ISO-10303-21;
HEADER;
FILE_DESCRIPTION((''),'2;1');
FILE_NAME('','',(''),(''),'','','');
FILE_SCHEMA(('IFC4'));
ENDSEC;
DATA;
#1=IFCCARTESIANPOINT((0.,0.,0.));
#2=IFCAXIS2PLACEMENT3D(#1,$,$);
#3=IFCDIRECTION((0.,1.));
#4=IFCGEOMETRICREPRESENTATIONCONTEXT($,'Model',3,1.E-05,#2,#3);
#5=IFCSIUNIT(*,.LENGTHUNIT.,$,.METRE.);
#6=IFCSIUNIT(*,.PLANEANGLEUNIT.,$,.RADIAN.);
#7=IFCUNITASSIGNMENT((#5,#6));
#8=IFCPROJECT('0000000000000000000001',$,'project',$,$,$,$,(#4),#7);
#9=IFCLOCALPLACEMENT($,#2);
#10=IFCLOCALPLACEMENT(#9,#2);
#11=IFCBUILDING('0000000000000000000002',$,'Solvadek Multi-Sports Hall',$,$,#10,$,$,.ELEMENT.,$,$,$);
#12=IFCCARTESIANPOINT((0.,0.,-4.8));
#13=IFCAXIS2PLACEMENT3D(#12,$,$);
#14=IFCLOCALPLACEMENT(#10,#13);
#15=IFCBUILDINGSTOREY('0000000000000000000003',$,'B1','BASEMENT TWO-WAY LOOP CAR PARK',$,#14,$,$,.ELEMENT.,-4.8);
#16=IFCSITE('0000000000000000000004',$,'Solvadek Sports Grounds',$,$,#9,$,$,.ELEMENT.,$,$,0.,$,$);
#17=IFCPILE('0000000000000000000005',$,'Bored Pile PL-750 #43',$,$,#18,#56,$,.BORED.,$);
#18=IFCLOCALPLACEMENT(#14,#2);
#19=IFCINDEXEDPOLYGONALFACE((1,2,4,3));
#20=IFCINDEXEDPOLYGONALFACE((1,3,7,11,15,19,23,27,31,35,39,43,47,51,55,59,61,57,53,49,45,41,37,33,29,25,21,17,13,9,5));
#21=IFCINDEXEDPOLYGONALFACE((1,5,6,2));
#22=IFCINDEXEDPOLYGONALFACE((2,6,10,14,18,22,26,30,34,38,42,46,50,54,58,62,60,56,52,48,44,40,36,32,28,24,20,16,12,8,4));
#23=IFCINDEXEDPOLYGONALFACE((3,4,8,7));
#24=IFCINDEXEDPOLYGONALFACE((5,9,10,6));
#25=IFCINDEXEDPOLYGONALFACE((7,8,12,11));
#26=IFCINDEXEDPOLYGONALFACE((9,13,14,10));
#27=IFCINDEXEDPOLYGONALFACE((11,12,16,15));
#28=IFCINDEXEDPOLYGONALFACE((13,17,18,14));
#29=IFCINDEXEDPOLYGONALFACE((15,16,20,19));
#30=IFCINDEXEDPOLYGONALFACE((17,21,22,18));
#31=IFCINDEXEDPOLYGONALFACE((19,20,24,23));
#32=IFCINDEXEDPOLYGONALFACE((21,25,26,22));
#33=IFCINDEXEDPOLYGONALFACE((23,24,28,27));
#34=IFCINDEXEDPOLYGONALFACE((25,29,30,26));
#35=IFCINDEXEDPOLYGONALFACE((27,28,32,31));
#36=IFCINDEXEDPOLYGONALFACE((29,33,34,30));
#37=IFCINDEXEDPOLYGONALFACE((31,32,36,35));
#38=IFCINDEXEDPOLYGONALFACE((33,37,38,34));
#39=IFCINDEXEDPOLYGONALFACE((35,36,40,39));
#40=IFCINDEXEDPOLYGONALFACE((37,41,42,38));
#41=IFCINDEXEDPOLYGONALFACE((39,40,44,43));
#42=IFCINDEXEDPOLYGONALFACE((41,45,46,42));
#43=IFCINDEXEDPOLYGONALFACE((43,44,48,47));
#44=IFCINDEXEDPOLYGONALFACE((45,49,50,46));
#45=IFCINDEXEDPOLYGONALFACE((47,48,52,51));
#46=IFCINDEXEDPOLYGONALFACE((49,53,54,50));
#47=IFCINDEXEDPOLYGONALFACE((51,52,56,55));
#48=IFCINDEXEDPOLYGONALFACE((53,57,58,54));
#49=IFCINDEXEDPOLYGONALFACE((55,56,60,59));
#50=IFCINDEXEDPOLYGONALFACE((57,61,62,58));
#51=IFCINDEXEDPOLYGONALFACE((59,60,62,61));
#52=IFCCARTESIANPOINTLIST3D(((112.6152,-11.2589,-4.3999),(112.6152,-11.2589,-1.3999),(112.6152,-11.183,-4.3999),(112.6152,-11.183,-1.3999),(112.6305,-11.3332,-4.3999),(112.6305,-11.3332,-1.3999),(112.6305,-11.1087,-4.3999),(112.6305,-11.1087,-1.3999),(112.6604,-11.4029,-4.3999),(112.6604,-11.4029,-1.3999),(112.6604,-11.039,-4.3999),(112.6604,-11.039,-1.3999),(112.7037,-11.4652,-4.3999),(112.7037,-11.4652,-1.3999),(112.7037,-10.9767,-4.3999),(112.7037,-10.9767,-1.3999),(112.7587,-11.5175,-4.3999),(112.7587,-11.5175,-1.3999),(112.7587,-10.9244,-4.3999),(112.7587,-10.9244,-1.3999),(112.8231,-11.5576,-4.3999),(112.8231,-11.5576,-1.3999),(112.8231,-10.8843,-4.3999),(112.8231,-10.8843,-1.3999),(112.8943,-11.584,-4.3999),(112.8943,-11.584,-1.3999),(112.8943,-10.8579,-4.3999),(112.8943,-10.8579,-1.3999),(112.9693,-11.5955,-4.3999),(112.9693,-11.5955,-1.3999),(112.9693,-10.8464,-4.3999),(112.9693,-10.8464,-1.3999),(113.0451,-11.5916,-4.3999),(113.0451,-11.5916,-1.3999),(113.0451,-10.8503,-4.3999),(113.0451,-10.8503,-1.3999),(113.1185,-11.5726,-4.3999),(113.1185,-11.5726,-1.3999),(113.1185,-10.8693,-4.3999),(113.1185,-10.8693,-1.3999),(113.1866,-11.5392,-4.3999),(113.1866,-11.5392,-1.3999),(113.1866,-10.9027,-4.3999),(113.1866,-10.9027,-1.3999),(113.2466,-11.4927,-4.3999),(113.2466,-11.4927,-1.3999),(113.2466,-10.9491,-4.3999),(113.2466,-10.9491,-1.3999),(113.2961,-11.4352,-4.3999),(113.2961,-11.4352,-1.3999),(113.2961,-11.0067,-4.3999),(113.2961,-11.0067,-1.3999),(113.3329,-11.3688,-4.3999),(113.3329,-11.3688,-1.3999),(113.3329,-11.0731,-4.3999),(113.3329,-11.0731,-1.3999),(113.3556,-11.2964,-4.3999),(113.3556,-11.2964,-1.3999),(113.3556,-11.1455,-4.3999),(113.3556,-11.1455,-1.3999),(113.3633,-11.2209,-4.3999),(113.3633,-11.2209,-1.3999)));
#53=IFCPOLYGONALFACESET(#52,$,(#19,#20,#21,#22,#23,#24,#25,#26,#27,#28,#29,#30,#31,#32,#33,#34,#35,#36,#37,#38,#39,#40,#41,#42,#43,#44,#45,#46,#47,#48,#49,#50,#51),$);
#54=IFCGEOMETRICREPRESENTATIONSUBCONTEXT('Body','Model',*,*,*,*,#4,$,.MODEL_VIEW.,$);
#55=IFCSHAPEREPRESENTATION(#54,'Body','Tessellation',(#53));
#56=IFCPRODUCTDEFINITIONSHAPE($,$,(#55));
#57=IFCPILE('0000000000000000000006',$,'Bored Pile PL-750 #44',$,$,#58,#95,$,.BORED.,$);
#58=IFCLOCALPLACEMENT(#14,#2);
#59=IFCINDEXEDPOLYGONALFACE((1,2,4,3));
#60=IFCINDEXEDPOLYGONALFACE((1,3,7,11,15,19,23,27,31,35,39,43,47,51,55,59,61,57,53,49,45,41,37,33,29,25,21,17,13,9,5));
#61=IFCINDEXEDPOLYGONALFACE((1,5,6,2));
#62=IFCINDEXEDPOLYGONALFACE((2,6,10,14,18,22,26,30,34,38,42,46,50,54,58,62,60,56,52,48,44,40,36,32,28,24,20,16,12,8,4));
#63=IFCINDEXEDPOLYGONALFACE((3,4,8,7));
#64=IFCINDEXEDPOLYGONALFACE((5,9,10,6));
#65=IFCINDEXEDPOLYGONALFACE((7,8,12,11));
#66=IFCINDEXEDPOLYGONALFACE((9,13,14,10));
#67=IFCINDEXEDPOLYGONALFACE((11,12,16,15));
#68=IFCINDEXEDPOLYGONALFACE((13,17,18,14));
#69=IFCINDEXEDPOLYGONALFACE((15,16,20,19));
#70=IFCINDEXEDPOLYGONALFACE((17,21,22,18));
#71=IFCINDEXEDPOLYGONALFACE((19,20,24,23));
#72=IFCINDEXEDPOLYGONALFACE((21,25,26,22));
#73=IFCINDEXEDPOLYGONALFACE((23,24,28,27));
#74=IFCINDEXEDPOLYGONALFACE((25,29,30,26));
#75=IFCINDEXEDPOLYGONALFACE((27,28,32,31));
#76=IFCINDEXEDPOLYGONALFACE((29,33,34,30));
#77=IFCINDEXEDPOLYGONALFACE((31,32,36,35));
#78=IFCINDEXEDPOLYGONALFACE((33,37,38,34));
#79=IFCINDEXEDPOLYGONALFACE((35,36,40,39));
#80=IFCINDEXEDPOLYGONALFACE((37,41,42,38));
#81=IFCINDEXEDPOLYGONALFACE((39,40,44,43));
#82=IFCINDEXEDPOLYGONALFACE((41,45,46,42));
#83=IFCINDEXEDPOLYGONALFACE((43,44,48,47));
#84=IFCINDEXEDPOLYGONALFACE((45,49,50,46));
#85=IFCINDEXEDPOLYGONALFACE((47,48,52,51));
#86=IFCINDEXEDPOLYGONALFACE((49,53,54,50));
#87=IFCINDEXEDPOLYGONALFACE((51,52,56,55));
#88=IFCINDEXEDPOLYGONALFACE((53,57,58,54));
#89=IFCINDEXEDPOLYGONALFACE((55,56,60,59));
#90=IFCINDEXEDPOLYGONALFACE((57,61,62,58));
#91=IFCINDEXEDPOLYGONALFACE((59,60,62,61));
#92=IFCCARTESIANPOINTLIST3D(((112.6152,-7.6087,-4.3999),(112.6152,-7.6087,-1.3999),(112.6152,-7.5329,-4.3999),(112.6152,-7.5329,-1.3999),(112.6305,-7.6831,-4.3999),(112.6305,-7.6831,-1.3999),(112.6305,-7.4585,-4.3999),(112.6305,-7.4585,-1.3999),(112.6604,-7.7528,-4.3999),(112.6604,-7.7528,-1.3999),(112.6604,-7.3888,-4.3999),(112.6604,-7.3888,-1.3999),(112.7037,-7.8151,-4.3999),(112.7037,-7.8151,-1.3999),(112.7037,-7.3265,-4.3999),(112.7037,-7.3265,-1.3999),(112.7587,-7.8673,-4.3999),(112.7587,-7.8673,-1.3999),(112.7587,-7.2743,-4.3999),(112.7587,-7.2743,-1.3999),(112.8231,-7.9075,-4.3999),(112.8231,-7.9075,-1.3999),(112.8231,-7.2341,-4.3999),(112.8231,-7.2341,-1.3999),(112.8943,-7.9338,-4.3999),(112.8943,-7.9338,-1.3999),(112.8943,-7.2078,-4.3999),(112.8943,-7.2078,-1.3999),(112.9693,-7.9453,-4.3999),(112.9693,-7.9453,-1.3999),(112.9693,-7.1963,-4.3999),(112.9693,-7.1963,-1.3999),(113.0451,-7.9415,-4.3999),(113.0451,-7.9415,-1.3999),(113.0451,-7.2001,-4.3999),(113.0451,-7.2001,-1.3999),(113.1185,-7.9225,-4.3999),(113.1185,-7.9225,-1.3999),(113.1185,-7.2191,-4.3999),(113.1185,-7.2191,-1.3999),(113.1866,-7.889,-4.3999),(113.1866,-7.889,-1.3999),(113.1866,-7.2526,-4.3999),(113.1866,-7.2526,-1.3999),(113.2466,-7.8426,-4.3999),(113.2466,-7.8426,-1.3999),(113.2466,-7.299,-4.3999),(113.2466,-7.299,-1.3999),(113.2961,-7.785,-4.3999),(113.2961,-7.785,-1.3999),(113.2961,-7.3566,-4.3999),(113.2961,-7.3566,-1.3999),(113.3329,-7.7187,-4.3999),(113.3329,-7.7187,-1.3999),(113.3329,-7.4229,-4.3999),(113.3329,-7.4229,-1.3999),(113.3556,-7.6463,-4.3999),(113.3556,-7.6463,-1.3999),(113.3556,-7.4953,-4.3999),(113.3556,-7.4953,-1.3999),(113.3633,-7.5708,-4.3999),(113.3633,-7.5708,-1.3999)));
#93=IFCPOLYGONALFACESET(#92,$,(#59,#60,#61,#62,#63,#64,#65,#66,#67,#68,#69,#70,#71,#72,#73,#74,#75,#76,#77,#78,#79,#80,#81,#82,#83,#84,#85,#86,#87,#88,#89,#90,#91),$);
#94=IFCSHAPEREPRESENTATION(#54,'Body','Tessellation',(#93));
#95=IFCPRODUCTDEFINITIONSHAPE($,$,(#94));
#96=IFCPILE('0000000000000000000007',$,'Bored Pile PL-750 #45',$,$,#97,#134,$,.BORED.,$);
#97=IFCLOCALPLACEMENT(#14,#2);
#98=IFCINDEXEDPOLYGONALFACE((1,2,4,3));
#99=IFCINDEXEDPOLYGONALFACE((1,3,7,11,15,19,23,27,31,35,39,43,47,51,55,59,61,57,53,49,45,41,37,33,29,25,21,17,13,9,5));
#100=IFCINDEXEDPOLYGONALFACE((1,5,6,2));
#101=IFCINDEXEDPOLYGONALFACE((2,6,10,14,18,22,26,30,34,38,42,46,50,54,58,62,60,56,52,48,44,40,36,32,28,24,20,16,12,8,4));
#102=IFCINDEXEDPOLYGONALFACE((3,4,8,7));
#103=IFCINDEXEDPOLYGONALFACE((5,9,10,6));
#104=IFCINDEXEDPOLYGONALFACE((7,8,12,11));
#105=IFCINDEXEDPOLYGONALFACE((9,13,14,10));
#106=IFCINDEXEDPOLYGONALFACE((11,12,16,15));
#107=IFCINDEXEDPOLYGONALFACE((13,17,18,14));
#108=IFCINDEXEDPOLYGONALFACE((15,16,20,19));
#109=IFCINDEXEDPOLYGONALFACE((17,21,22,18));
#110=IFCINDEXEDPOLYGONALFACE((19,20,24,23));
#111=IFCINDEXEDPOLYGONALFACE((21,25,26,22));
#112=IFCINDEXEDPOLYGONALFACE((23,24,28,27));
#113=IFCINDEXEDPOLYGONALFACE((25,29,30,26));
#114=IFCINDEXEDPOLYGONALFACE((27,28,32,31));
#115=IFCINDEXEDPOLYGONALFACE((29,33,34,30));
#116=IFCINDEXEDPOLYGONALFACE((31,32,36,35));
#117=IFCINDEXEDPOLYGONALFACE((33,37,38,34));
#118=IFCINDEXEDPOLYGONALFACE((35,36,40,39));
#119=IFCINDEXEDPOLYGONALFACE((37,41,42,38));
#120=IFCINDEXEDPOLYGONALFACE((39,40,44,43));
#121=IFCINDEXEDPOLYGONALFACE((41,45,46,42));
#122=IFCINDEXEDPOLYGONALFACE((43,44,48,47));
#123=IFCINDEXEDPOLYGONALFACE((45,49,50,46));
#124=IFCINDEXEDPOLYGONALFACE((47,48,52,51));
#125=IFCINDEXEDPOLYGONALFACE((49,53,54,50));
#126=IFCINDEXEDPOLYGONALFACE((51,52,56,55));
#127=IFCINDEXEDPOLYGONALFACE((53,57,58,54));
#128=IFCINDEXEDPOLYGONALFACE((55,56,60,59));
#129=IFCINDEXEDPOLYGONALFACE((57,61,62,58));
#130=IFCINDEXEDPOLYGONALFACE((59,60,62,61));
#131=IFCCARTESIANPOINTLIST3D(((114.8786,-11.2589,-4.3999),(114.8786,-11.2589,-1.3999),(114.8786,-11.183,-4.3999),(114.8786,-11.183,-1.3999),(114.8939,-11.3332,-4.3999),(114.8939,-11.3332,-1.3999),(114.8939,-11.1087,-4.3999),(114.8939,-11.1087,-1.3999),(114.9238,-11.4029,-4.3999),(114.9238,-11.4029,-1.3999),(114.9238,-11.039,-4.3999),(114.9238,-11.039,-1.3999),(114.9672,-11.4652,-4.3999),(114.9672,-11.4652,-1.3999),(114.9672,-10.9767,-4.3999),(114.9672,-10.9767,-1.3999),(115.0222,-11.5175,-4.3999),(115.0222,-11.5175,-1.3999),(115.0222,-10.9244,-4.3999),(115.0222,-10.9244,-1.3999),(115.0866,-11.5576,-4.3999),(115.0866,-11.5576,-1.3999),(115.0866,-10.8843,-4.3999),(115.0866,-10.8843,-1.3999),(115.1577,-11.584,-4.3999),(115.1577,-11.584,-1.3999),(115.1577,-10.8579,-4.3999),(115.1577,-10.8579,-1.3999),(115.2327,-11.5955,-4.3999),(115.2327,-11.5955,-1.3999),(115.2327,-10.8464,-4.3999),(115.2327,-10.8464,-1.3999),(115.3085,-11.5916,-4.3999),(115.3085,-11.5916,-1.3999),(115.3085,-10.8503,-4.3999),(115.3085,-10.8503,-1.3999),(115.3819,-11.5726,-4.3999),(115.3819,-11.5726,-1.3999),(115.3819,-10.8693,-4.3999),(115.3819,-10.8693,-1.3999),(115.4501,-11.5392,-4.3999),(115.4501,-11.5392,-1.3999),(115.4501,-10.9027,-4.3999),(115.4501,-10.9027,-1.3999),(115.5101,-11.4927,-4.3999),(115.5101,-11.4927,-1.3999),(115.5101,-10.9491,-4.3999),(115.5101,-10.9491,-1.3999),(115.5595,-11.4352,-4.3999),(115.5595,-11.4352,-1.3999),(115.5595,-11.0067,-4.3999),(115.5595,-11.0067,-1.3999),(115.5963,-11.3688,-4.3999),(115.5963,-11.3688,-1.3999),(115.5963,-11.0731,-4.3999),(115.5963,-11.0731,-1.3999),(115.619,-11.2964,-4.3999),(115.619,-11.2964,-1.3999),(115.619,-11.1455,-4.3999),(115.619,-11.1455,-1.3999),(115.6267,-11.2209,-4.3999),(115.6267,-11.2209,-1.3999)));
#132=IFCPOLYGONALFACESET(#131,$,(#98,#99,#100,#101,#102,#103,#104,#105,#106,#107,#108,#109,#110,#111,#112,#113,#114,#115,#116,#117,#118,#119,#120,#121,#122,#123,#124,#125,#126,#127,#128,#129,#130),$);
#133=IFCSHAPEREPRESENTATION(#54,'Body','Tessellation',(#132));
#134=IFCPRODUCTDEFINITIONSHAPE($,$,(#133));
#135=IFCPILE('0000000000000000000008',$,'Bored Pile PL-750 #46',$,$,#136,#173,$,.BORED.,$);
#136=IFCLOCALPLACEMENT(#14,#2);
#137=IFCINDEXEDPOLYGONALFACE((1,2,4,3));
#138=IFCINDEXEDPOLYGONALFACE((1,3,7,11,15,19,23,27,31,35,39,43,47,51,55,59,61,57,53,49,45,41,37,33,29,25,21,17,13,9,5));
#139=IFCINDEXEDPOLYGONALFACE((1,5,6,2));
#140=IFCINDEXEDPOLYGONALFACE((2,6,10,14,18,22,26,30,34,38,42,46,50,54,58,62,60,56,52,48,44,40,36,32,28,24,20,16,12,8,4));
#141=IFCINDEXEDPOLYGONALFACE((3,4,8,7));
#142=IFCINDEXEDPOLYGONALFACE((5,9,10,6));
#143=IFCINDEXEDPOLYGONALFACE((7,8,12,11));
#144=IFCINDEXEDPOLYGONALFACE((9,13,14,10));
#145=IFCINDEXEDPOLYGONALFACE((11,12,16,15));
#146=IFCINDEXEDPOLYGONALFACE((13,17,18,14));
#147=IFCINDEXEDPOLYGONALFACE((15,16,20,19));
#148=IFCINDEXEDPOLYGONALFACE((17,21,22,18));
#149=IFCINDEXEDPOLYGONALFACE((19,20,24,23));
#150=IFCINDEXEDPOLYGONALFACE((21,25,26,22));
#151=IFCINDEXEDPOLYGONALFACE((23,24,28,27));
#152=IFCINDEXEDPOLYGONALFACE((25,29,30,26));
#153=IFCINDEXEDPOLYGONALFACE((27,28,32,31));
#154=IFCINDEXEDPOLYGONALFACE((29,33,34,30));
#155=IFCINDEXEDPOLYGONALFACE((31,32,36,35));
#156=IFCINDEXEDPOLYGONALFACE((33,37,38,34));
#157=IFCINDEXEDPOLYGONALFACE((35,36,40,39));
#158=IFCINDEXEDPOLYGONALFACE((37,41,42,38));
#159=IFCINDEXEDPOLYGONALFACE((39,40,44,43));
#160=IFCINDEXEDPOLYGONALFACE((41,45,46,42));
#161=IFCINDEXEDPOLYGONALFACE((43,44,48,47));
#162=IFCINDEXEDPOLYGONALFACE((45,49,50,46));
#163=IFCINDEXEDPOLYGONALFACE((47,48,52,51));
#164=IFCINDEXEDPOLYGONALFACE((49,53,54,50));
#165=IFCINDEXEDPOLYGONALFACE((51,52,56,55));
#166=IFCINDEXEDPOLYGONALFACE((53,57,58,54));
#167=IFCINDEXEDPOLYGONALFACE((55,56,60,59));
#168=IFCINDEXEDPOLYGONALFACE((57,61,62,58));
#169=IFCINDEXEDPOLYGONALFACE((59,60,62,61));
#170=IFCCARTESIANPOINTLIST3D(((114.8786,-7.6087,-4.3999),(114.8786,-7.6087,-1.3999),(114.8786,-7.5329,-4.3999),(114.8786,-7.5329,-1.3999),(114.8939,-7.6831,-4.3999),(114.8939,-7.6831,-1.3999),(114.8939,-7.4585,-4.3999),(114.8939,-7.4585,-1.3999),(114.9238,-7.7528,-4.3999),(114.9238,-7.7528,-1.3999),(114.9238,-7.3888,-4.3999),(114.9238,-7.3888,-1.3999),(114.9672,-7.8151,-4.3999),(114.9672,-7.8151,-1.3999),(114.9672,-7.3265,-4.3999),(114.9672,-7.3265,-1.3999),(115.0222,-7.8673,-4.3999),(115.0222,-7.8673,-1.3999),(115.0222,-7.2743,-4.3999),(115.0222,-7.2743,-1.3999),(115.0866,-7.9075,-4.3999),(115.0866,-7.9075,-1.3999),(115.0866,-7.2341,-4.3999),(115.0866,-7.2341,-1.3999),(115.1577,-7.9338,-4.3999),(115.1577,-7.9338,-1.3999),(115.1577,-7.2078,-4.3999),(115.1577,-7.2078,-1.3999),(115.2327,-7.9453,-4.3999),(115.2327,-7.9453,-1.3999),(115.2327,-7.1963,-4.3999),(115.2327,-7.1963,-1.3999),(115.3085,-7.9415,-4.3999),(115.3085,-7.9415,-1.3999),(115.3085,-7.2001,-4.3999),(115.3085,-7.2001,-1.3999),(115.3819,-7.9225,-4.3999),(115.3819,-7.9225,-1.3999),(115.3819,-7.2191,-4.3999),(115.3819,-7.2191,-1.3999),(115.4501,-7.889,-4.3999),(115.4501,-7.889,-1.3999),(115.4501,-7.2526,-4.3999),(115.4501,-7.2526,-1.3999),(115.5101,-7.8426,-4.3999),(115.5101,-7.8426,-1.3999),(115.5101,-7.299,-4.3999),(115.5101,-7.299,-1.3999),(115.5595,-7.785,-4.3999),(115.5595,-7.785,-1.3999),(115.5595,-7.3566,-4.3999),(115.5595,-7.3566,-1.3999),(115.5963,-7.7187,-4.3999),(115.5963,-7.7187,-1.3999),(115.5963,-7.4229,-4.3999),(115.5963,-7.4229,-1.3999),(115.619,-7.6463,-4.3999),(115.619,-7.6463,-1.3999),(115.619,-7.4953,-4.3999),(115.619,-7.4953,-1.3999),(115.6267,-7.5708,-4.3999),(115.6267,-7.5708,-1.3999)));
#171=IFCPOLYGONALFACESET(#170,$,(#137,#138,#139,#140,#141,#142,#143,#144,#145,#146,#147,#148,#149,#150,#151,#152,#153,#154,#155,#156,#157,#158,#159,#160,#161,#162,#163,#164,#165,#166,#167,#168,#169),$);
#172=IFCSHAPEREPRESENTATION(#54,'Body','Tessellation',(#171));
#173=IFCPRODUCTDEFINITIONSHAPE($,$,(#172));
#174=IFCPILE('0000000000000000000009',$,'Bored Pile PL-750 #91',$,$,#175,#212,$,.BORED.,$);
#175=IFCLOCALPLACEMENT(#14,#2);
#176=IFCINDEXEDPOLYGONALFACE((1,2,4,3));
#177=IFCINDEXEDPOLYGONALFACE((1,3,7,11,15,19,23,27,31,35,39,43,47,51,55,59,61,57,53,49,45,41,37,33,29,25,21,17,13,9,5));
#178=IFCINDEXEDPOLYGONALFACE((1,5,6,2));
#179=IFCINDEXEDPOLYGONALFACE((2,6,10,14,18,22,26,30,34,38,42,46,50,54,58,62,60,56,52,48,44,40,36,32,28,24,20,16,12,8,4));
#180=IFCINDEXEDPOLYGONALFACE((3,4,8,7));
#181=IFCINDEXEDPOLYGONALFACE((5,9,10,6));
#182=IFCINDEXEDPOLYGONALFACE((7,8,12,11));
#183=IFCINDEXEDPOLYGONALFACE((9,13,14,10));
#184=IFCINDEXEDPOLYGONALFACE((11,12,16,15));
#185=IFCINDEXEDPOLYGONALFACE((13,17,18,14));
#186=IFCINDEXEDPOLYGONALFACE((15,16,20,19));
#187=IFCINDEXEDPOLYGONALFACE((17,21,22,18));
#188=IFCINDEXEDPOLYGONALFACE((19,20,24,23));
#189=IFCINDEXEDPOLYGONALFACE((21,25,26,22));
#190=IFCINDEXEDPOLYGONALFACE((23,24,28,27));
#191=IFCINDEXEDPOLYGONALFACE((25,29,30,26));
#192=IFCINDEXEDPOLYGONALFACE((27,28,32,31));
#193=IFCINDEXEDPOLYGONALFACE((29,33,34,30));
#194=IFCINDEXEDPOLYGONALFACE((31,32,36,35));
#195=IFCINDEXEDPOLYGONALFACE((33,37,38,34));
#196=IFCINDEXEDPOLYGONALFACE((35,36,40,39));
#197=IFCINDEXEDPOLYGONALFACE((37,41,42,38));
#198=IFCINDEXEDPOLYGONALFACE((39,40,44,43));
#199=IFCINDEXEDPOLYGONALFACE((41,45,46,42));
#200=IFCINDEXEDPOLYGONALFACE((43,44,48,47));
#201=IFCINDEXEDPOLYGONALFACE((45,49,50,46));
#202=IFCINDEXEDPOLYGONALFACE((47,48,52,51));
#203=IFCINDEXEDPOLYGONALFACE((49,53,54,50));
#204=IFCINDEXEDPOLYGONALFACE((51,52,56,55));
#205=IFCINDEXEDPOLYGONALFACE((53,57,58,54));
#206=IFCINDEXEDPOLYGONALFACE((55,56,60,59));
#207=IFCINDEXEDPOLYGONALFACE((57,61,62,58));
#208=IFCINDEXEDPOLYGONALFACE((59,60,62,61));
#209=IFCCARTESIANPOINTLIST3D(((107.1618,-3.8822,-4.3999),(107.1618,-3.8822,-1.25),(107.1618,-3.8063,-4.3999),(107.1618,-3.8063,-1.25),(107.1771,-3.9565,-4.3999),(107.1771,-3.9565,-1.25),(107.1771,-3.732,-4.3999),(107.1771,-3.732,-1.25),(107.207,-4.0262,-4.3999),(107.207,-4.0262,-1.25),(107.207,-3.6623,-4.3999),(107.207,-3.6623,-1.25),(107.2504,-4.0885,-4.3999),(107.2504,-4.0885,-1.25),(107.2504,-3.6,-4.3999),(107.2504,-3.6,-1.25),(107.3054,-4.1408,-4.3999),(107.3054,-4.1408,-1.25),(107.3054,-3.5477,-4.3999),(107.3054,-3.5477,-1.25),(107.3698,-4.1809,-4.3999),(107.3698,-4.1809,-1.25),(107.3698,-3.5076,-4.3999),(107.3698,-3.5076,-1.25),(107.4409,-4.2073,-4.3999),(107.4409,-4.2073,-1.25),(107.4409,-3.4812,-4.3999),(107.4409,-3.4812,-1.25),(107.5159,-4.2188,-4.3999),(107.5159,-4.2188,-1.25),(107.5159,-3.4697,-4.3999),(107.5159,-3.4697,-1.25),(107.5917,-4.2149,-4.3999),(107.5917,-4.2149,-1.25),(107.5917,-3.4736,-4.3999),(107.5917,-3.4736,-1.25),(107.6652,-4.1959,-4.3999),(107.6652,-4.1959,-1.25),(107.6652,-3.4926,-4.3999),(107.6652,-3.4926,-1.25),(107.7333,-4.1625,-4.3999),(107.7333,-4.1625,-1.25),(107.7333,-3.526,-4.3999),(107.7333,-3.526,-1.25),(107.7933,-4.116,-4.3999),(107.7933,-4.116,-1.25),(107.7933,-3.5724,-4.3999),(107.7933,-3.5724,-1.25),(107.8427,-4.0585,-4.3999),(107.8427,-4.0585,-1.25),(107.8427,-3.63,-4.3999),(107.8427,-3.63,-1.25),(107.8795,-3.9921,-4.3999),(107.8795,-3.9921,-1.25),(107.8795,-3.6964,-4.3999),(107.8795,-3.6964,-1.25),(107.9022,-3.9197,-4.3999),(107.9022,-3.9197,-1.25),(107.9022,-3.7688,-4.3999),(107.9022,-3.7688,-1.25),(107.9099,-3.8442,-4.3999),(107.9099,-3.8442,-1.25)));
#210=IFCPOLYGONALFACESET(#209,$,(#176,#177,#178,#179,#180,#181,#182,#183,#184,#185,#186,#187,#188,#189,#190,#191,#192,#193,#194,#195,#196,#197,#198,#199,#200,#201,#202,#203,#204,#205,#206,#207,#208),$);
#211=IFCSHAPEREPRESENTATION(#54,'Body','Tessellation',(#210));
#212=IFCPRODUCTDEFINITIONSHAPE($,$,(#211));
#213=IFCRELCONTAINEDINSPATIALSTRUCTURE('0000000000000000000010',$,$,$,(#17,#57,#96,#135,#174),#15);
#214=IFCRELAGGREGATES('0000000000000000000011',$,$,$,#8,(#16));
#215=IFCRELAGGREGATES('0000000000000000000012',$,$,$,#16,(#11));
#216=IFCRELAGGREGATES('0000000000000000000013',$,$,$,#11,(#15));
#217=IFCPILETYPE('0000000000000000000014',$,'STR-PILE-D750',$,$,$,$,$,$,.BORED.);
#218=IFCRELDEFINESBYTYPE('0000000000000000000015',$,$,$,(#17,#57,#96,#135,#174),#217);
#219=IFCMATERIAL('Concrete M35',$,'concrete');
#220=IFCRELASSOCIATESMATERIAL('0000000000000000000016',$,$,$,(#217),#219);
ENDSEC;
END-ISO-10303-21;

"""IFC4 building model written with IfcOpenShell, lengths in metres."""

from ifc_helpers import new_model, si_unit, direction, frame, origin, origin_2d, place, context, subcontext, project, spatial, circle, extrude, material, material_profile, profile_set, type_object, element, save


model = new_model("IFC4")

# Units and contexts
model_context = context("Model", 3, precision=1e-05, world=origin(), true_north=direction((0.0, 1.0)))
body_context = subcontext(model_context, "Body", "Model", "MODEL_VIEW")
ifc_project = project(units=[si_unit("LENGTHUNIT", "METRE"), si_unit("PLANEANGLEUNIT", "RADIAN")], contexts=[model_context])

# Site, building, storey
site_placement = place(None, origin())
site = spatial("IfcSite", under=ifc_project, at=site_placement, Name="Solvadek Sports Grounds", CompositionType="ELEMENT", RefElevation=0.0)
building_placement = place(site_placement, origin())
building = spatial("IfcBuilding", under=site, at=building_placement, Name="Solvadek Multi-Sports Hall", CompositionType="ELEMENT")
storey_placement = place(building_placement, frame((0.0, 0.0, -4.8)))
storey = spatial("IfcBuildingStorey", under=building, at=storey_placement, Name="B1", Description="BASEMENT TWO-WAY LOOP CAR PARK", CompositionType="ELEMENT", Elevation=-4.8)

# Piles
ifc_material_1 = material(Name="Concrete M35", Category="concrete")
ifc_material_profile_1 = material_profile(ifc_material_1, circle(Radius=0.375, at=origin_2d()), Name="BORED PILE D750")
ifc_profile_set_1 = profile_set([ifc_material_profile_1], Name="Concrete M35")
pile_type_1 = type_object("IfcPileType", Name="STR-PILE-D750", PredefinedType="BORED", material=ifc_profile_set_1)
for number, where, z_axis, x_axis, name in (
    (1, (112.9883, -11.2209, -1.3999), (0.0, 0.0, -1.0), (1.0, 0.0, 0.0), "Bored Pile PL-750 #43"),
    (2, (112.9883, -7.5708, -1.3999), (0.0, 0.0, -1.0), (1.0, 0.0, 0.0), "Bored Pile PL-750 #44"),
    (3, (115.2517, -11.2209, -1.3999), (0.0, 0.0, -1.0), (1.0, 0.0, 0.0), "Bored Pile PL-750 #45"),
    (4, (115.2517, -7.5708, -1.3999), (0.0, 0.0, -1.0), (1.0, 0.0, 0.0), "Bored Pile PL-750 #46"),
):
    element("IfcPile", number, at=place(storey_placement, frame(where, z_axis=z_axis, x_axis=x_axis)), inside=storey, type_object=pile_type_1, Name=name, PredefinedType="BORED", context=body_context, shape_type="SweptSolid", body=[
        extrude(circle(Radius=0.375, at=origin_2d()), origin(), (0.0, 0.0, 1.0), 3.0),
    ])
for number, where, z_axis, x_axis, name in (
    (5, (107.5349, -3.8442, -1.25), (0.0, 0.0, -1.0), (1.0, 0.0, 0.0), "Bored Pile PL-750 #91"),
):
    element("IfcPile", number, at=place(storey_placement, frame(where, z_axis=z_axis, x_axis=x_axis)), inside=storey, type_object=pile_type_1, Name=name, PredefinedType="BORED", context=body_context, shape_type="SweptSolid", body=[
        extrude(circle(Radius=0.375, at=origin_2d()), origin(), (0.0, 0.0, 1.0), 3.1499),
    ])

save(model, "model.ifc")
